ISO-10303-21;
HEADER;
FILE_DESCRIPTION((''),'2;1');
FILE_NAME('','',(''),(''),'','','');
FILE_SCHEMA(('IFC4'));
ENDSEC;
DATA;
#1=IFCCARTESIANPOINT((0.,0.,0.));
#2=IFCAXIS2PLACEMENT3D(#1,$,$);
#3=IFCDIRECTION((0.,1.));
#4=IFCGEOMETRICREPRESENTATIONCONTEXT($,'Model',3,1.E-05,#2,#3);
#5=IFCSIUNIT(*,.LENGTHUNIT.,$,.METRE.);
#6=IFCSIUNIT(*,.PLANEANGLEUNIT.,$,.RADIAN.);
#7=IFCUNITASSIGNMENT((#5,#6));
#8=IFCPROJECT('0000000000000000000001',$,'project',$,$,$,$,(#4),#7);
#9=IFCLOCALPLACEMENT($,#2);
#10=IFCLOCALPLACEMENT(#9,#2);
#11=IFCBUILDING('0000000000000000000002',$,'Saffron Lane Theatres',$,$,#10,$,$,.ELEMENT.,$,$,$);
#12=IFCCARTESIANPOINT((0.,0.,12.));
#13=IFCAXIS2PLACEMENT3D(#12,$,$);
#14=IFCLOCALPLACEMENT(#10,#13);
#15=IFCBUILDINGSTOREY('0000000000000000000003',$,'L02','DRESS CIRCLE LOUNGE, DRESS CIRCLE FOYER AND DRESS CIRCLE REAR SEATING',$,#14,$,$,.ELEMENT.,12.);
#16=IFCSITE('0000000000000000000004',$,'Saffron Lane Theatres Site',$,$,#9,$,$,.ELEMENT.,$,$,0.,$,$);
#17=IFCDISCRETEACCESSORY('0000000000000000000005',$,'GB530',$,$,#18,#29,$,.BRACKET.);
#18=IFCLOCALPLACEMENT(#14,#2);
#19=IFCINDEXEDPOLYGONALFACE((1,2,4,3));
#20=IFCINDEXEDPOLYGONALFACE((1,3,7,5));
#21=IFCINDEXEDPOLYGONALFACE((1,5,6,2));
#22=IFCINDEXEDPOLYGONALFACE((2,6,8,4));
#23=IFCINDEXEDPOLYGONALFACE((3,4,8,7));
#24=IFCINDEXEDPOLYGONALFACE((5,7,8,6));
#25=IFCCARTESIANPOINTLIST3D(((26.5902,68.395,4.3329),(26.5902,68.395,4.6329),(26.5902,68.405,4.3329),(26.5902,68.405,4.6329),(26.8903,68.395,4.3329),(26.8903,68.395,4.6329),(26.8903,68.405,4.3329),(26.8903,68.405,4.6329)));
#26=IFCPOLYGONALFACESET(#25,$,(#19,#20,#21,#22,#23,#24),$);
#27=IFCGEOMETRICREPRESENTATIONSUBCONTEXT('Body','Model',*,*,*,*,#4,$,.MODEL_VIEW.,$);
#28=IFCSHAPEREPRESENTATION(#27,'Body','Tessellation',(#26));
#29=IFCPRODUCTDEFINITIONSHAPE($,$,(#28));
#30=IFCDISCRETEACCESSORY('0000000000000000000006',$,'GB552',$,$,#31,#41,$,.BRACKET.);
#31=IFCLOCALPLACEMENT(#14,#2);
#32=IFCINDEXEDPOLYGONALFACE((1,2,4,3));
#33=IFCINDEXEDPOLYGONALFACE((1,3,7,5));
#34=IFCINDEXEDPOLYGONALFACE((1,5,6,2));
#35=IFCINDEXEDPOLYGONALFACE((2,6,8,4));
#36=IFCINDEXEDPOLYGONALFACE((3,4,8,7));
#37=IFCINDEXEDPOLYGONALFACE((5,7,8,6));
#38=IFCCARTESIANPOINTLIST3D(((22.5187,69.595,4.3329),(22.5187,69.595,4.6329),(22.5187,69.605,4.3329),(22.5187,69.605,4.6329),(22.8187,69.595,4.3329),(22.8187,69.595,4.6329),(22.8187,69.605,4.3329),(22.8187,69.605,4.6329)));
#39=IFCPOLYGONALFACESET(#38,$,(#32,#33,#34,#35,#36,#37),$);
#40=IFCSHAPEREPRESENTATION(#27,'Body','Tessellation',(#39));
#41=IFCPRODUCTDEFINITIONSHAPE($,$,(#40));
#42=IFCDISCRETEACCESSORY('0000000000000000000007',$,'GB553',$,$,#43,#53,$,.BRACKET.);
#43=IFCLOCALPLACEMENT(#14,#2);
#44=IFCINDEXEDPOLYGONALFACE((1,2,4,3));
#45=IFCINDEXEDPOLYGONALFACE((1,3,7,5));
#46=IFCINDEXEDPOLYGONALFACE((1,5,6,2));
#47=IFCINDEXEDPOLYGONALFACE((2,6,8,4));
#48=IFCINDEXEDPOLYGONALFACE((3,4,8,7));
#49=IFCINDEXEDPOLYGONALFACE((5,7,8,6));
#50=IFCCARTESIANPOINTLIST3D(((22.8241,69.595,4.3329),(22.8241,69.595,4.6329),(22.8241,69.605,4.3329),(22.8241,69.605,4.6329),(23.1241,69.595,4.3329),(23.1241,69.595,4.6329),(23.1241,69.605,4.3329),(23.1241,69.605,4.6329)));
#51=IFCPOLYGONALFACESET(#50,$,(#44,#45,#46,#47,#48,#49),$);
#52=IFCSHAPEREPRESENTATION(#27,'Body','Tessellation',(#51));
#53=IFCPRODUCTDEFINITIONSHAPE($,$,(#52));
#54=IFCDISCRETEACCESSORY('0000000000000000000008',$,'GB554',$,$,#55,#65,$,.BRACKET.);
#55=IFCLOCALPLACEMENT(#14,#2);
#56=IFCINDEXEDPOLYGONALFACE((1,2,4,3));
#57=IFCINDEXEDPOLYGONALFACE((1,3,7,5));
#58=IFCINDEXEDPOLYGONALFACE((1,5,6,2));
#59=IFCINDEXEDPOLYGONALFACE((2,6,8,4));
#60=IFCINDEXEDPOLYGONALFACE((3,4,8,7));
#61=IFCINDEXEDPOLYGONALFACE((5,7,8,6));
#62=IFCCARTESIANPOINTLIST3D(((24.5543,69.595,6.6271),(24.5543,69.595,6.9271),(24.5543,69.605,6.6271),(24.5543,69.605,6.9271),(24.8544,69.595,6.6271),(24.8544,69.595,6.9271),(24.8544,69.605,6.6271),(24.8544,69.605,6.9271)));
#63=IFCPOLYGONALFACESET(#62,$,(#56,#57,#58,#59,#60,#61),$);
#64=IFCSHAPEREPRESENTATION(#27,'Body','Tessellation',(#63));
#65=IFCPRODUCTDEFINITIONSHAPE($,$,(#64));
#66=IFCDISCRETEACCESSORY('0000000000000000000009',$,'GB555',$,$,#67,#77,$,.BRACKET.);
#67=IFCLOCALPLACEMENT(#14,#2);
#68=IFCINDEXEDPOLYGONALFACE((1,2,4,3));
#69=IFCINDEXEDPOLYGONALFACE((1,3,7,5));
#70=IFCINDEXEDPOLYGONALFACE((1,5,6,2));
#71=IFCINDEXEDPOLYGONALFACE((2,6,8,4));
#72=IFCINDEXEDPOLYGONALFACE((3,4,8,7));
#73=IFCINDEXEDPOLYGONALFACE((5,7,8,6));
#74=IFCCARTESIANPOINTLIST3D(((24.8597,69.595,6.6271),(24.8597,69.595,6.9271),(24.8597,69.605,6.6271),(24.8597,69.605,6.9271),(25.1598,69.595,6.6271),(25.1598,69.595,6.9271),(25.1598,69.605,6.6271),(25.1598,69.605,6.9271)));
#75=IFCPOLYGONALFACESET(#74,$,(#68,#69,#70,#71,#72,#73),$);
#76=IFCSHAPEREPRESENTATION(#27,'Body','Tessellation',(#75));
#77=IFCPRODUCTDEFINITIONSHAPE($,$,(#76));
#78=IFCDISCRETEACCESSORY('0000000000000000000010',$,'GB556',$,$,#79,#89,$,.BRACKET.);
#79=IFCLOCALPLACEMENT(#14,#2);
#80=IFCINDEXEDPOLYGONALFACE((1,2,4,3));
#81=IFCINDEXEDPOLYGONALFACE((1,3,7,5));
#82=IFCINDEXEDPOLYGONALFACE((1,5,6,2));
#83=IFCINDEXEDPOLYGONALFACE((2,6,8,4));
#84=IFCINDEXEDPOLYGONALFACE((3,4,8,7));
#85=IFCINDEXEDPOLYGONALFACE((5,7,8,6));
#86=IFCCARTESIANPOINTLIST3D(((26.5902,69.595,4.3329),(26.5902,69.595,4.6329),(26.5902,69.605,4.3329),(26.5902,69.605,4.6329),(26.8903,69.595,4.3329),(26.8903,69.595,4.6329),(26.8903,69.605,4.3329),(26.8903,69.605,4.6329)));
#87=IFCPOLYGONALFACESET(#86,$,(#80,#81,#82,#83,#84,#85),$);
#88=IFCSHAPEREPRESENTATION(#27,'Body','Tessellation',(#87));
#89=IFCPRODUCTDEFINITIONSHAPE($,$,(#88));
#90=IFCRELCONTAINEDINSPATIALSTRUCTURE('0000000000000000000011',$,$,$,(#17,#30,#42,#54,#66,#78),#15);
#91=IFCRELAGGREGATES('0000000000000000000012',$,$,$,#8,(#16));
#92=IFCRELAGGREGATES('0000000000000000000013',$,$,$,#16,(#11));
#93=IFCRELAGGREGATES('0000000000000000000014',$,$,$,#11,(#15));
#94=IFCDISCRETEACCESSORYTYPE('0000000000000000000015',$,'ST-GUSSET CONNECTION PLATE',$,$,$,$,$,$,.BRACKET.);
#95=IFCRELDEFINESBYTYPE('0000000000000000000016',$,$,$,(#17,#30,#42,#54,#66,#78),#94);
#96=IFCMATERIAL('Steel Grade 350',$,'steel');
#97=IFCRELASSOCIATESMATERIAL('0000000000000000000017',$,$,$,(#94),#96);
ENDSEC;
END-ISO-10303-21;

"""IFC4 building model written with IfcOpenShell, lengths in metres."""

from ifc_helpers import new_model, si_unit, direction, frame, origin, origin_2d, place, context, subcontext, project, spatial, rectangle, extrude, material, material_profile, profile_set, type_object, element, save


model = new_model("IFC4")

# Units and contexts
model_context = context("Model", 3, precision=1e-05, world=origin(), true_north=direction((0.0, 1.0)))
body_context = subcontext(model_context, "Body", "Model", "MODEL_VIEW")
ifc_project = project(units=[si_unit("LENGTHUNIT", "METRE"), si_unit("PLANEANGLEUNIT", "RADIAN")], contexts=[model_context])

# Site, building, storey
site_placement = place(None, origin())
site = spatial("IfcSite", under=ifc_project, at=site_placement, Name="Saffron Lane Theatres Site", CompositionType="ELEMENT", RefElevation=0.0)
building_placement = place(site_placement, origin())
building = spatial("IfcBuilding", under=site, at=building_placement, Name="Saffron Lane Theatres", CompositionType="ELEMENT")
storey_placement = place(building_placement, frame((0.0, 0.0, 12.0)))
storey = spatial("IfcBuildingStorey", under=building, at=storey_placement, Name="L02", Description="DRESS CIRCLE LOUNGE, DRESS CIRCLE FOYER AND DRESS CIRCLE REAR SEATING", CompositionType="ELEMENT", Elevation=12.0)

# Discrete accessories
ifc_material_1 = material(Name="Steel Grade 350", Category="steel")
ifc_material_profile_1 = material_profile(ifc_material_1, rectangle(XDim=0.3, YDim=0.3, at=origin_2d()))
ifc_profile_set_1 = profile_set([ifc_material_profile_1], Name="Steel Grade 350")
discrete_accessory_type = type_object("IfcDiscreteAccessoryType", Name="ST-GUSSET CONNECTION PLATE", PredefinedType="BRACKET", material=ifc_profile_set_1)
for number, where, z_axis, x_axis, name in (
    (1, (26.7402, 68.395, 4.4829), (0.0, 1.0, 0.0), (-1.0, 0.0, 0.0), "GB530"),
    (2, (22.6687, 69.595, 4.4829), (0.0, 1.0, 0.0), (-1.0, 0.0, 0.0), "GB552"),
    (3, (22.9741, 69.595, 4.4829), (0.0, 1.0, 0.0), (-1.0, 0.0, 0.0), "GB553"),
    (4, (24.7043, 69.595, 6.7771), (0.0, 1.0, 0.0), (-1.0, 0.0, 0.0), "GB554"),
    (5, (25.0098, 69.595, 6.7771), (0.0, 1.0, 0.0), (-1.0, 0.0, 0.0), "GB555"),
    (6, (26.7402, 69.595, 4.4829), (0.0, 1.0, 0.0), (-1.0, 0.0, 0.0), "GB556"),
):
    element("IfcDiscreteAccessory", number, at=place(storey_placement, frame(where, z_axis=z_axis, x_axis=x_axis)), inside=storey, type_object=discrete_accessory_type, Name=name, PredefinedType="BRACKET", context=body_context, shape_type="SweptSolid", body=[
        extrude(rectangle(XDim=0.3, YDim=0.3, at=origin_2d()), origin(), (0.0, 0.0, 1.0), 0.01),
    ])

save(model, "model.ifc")
